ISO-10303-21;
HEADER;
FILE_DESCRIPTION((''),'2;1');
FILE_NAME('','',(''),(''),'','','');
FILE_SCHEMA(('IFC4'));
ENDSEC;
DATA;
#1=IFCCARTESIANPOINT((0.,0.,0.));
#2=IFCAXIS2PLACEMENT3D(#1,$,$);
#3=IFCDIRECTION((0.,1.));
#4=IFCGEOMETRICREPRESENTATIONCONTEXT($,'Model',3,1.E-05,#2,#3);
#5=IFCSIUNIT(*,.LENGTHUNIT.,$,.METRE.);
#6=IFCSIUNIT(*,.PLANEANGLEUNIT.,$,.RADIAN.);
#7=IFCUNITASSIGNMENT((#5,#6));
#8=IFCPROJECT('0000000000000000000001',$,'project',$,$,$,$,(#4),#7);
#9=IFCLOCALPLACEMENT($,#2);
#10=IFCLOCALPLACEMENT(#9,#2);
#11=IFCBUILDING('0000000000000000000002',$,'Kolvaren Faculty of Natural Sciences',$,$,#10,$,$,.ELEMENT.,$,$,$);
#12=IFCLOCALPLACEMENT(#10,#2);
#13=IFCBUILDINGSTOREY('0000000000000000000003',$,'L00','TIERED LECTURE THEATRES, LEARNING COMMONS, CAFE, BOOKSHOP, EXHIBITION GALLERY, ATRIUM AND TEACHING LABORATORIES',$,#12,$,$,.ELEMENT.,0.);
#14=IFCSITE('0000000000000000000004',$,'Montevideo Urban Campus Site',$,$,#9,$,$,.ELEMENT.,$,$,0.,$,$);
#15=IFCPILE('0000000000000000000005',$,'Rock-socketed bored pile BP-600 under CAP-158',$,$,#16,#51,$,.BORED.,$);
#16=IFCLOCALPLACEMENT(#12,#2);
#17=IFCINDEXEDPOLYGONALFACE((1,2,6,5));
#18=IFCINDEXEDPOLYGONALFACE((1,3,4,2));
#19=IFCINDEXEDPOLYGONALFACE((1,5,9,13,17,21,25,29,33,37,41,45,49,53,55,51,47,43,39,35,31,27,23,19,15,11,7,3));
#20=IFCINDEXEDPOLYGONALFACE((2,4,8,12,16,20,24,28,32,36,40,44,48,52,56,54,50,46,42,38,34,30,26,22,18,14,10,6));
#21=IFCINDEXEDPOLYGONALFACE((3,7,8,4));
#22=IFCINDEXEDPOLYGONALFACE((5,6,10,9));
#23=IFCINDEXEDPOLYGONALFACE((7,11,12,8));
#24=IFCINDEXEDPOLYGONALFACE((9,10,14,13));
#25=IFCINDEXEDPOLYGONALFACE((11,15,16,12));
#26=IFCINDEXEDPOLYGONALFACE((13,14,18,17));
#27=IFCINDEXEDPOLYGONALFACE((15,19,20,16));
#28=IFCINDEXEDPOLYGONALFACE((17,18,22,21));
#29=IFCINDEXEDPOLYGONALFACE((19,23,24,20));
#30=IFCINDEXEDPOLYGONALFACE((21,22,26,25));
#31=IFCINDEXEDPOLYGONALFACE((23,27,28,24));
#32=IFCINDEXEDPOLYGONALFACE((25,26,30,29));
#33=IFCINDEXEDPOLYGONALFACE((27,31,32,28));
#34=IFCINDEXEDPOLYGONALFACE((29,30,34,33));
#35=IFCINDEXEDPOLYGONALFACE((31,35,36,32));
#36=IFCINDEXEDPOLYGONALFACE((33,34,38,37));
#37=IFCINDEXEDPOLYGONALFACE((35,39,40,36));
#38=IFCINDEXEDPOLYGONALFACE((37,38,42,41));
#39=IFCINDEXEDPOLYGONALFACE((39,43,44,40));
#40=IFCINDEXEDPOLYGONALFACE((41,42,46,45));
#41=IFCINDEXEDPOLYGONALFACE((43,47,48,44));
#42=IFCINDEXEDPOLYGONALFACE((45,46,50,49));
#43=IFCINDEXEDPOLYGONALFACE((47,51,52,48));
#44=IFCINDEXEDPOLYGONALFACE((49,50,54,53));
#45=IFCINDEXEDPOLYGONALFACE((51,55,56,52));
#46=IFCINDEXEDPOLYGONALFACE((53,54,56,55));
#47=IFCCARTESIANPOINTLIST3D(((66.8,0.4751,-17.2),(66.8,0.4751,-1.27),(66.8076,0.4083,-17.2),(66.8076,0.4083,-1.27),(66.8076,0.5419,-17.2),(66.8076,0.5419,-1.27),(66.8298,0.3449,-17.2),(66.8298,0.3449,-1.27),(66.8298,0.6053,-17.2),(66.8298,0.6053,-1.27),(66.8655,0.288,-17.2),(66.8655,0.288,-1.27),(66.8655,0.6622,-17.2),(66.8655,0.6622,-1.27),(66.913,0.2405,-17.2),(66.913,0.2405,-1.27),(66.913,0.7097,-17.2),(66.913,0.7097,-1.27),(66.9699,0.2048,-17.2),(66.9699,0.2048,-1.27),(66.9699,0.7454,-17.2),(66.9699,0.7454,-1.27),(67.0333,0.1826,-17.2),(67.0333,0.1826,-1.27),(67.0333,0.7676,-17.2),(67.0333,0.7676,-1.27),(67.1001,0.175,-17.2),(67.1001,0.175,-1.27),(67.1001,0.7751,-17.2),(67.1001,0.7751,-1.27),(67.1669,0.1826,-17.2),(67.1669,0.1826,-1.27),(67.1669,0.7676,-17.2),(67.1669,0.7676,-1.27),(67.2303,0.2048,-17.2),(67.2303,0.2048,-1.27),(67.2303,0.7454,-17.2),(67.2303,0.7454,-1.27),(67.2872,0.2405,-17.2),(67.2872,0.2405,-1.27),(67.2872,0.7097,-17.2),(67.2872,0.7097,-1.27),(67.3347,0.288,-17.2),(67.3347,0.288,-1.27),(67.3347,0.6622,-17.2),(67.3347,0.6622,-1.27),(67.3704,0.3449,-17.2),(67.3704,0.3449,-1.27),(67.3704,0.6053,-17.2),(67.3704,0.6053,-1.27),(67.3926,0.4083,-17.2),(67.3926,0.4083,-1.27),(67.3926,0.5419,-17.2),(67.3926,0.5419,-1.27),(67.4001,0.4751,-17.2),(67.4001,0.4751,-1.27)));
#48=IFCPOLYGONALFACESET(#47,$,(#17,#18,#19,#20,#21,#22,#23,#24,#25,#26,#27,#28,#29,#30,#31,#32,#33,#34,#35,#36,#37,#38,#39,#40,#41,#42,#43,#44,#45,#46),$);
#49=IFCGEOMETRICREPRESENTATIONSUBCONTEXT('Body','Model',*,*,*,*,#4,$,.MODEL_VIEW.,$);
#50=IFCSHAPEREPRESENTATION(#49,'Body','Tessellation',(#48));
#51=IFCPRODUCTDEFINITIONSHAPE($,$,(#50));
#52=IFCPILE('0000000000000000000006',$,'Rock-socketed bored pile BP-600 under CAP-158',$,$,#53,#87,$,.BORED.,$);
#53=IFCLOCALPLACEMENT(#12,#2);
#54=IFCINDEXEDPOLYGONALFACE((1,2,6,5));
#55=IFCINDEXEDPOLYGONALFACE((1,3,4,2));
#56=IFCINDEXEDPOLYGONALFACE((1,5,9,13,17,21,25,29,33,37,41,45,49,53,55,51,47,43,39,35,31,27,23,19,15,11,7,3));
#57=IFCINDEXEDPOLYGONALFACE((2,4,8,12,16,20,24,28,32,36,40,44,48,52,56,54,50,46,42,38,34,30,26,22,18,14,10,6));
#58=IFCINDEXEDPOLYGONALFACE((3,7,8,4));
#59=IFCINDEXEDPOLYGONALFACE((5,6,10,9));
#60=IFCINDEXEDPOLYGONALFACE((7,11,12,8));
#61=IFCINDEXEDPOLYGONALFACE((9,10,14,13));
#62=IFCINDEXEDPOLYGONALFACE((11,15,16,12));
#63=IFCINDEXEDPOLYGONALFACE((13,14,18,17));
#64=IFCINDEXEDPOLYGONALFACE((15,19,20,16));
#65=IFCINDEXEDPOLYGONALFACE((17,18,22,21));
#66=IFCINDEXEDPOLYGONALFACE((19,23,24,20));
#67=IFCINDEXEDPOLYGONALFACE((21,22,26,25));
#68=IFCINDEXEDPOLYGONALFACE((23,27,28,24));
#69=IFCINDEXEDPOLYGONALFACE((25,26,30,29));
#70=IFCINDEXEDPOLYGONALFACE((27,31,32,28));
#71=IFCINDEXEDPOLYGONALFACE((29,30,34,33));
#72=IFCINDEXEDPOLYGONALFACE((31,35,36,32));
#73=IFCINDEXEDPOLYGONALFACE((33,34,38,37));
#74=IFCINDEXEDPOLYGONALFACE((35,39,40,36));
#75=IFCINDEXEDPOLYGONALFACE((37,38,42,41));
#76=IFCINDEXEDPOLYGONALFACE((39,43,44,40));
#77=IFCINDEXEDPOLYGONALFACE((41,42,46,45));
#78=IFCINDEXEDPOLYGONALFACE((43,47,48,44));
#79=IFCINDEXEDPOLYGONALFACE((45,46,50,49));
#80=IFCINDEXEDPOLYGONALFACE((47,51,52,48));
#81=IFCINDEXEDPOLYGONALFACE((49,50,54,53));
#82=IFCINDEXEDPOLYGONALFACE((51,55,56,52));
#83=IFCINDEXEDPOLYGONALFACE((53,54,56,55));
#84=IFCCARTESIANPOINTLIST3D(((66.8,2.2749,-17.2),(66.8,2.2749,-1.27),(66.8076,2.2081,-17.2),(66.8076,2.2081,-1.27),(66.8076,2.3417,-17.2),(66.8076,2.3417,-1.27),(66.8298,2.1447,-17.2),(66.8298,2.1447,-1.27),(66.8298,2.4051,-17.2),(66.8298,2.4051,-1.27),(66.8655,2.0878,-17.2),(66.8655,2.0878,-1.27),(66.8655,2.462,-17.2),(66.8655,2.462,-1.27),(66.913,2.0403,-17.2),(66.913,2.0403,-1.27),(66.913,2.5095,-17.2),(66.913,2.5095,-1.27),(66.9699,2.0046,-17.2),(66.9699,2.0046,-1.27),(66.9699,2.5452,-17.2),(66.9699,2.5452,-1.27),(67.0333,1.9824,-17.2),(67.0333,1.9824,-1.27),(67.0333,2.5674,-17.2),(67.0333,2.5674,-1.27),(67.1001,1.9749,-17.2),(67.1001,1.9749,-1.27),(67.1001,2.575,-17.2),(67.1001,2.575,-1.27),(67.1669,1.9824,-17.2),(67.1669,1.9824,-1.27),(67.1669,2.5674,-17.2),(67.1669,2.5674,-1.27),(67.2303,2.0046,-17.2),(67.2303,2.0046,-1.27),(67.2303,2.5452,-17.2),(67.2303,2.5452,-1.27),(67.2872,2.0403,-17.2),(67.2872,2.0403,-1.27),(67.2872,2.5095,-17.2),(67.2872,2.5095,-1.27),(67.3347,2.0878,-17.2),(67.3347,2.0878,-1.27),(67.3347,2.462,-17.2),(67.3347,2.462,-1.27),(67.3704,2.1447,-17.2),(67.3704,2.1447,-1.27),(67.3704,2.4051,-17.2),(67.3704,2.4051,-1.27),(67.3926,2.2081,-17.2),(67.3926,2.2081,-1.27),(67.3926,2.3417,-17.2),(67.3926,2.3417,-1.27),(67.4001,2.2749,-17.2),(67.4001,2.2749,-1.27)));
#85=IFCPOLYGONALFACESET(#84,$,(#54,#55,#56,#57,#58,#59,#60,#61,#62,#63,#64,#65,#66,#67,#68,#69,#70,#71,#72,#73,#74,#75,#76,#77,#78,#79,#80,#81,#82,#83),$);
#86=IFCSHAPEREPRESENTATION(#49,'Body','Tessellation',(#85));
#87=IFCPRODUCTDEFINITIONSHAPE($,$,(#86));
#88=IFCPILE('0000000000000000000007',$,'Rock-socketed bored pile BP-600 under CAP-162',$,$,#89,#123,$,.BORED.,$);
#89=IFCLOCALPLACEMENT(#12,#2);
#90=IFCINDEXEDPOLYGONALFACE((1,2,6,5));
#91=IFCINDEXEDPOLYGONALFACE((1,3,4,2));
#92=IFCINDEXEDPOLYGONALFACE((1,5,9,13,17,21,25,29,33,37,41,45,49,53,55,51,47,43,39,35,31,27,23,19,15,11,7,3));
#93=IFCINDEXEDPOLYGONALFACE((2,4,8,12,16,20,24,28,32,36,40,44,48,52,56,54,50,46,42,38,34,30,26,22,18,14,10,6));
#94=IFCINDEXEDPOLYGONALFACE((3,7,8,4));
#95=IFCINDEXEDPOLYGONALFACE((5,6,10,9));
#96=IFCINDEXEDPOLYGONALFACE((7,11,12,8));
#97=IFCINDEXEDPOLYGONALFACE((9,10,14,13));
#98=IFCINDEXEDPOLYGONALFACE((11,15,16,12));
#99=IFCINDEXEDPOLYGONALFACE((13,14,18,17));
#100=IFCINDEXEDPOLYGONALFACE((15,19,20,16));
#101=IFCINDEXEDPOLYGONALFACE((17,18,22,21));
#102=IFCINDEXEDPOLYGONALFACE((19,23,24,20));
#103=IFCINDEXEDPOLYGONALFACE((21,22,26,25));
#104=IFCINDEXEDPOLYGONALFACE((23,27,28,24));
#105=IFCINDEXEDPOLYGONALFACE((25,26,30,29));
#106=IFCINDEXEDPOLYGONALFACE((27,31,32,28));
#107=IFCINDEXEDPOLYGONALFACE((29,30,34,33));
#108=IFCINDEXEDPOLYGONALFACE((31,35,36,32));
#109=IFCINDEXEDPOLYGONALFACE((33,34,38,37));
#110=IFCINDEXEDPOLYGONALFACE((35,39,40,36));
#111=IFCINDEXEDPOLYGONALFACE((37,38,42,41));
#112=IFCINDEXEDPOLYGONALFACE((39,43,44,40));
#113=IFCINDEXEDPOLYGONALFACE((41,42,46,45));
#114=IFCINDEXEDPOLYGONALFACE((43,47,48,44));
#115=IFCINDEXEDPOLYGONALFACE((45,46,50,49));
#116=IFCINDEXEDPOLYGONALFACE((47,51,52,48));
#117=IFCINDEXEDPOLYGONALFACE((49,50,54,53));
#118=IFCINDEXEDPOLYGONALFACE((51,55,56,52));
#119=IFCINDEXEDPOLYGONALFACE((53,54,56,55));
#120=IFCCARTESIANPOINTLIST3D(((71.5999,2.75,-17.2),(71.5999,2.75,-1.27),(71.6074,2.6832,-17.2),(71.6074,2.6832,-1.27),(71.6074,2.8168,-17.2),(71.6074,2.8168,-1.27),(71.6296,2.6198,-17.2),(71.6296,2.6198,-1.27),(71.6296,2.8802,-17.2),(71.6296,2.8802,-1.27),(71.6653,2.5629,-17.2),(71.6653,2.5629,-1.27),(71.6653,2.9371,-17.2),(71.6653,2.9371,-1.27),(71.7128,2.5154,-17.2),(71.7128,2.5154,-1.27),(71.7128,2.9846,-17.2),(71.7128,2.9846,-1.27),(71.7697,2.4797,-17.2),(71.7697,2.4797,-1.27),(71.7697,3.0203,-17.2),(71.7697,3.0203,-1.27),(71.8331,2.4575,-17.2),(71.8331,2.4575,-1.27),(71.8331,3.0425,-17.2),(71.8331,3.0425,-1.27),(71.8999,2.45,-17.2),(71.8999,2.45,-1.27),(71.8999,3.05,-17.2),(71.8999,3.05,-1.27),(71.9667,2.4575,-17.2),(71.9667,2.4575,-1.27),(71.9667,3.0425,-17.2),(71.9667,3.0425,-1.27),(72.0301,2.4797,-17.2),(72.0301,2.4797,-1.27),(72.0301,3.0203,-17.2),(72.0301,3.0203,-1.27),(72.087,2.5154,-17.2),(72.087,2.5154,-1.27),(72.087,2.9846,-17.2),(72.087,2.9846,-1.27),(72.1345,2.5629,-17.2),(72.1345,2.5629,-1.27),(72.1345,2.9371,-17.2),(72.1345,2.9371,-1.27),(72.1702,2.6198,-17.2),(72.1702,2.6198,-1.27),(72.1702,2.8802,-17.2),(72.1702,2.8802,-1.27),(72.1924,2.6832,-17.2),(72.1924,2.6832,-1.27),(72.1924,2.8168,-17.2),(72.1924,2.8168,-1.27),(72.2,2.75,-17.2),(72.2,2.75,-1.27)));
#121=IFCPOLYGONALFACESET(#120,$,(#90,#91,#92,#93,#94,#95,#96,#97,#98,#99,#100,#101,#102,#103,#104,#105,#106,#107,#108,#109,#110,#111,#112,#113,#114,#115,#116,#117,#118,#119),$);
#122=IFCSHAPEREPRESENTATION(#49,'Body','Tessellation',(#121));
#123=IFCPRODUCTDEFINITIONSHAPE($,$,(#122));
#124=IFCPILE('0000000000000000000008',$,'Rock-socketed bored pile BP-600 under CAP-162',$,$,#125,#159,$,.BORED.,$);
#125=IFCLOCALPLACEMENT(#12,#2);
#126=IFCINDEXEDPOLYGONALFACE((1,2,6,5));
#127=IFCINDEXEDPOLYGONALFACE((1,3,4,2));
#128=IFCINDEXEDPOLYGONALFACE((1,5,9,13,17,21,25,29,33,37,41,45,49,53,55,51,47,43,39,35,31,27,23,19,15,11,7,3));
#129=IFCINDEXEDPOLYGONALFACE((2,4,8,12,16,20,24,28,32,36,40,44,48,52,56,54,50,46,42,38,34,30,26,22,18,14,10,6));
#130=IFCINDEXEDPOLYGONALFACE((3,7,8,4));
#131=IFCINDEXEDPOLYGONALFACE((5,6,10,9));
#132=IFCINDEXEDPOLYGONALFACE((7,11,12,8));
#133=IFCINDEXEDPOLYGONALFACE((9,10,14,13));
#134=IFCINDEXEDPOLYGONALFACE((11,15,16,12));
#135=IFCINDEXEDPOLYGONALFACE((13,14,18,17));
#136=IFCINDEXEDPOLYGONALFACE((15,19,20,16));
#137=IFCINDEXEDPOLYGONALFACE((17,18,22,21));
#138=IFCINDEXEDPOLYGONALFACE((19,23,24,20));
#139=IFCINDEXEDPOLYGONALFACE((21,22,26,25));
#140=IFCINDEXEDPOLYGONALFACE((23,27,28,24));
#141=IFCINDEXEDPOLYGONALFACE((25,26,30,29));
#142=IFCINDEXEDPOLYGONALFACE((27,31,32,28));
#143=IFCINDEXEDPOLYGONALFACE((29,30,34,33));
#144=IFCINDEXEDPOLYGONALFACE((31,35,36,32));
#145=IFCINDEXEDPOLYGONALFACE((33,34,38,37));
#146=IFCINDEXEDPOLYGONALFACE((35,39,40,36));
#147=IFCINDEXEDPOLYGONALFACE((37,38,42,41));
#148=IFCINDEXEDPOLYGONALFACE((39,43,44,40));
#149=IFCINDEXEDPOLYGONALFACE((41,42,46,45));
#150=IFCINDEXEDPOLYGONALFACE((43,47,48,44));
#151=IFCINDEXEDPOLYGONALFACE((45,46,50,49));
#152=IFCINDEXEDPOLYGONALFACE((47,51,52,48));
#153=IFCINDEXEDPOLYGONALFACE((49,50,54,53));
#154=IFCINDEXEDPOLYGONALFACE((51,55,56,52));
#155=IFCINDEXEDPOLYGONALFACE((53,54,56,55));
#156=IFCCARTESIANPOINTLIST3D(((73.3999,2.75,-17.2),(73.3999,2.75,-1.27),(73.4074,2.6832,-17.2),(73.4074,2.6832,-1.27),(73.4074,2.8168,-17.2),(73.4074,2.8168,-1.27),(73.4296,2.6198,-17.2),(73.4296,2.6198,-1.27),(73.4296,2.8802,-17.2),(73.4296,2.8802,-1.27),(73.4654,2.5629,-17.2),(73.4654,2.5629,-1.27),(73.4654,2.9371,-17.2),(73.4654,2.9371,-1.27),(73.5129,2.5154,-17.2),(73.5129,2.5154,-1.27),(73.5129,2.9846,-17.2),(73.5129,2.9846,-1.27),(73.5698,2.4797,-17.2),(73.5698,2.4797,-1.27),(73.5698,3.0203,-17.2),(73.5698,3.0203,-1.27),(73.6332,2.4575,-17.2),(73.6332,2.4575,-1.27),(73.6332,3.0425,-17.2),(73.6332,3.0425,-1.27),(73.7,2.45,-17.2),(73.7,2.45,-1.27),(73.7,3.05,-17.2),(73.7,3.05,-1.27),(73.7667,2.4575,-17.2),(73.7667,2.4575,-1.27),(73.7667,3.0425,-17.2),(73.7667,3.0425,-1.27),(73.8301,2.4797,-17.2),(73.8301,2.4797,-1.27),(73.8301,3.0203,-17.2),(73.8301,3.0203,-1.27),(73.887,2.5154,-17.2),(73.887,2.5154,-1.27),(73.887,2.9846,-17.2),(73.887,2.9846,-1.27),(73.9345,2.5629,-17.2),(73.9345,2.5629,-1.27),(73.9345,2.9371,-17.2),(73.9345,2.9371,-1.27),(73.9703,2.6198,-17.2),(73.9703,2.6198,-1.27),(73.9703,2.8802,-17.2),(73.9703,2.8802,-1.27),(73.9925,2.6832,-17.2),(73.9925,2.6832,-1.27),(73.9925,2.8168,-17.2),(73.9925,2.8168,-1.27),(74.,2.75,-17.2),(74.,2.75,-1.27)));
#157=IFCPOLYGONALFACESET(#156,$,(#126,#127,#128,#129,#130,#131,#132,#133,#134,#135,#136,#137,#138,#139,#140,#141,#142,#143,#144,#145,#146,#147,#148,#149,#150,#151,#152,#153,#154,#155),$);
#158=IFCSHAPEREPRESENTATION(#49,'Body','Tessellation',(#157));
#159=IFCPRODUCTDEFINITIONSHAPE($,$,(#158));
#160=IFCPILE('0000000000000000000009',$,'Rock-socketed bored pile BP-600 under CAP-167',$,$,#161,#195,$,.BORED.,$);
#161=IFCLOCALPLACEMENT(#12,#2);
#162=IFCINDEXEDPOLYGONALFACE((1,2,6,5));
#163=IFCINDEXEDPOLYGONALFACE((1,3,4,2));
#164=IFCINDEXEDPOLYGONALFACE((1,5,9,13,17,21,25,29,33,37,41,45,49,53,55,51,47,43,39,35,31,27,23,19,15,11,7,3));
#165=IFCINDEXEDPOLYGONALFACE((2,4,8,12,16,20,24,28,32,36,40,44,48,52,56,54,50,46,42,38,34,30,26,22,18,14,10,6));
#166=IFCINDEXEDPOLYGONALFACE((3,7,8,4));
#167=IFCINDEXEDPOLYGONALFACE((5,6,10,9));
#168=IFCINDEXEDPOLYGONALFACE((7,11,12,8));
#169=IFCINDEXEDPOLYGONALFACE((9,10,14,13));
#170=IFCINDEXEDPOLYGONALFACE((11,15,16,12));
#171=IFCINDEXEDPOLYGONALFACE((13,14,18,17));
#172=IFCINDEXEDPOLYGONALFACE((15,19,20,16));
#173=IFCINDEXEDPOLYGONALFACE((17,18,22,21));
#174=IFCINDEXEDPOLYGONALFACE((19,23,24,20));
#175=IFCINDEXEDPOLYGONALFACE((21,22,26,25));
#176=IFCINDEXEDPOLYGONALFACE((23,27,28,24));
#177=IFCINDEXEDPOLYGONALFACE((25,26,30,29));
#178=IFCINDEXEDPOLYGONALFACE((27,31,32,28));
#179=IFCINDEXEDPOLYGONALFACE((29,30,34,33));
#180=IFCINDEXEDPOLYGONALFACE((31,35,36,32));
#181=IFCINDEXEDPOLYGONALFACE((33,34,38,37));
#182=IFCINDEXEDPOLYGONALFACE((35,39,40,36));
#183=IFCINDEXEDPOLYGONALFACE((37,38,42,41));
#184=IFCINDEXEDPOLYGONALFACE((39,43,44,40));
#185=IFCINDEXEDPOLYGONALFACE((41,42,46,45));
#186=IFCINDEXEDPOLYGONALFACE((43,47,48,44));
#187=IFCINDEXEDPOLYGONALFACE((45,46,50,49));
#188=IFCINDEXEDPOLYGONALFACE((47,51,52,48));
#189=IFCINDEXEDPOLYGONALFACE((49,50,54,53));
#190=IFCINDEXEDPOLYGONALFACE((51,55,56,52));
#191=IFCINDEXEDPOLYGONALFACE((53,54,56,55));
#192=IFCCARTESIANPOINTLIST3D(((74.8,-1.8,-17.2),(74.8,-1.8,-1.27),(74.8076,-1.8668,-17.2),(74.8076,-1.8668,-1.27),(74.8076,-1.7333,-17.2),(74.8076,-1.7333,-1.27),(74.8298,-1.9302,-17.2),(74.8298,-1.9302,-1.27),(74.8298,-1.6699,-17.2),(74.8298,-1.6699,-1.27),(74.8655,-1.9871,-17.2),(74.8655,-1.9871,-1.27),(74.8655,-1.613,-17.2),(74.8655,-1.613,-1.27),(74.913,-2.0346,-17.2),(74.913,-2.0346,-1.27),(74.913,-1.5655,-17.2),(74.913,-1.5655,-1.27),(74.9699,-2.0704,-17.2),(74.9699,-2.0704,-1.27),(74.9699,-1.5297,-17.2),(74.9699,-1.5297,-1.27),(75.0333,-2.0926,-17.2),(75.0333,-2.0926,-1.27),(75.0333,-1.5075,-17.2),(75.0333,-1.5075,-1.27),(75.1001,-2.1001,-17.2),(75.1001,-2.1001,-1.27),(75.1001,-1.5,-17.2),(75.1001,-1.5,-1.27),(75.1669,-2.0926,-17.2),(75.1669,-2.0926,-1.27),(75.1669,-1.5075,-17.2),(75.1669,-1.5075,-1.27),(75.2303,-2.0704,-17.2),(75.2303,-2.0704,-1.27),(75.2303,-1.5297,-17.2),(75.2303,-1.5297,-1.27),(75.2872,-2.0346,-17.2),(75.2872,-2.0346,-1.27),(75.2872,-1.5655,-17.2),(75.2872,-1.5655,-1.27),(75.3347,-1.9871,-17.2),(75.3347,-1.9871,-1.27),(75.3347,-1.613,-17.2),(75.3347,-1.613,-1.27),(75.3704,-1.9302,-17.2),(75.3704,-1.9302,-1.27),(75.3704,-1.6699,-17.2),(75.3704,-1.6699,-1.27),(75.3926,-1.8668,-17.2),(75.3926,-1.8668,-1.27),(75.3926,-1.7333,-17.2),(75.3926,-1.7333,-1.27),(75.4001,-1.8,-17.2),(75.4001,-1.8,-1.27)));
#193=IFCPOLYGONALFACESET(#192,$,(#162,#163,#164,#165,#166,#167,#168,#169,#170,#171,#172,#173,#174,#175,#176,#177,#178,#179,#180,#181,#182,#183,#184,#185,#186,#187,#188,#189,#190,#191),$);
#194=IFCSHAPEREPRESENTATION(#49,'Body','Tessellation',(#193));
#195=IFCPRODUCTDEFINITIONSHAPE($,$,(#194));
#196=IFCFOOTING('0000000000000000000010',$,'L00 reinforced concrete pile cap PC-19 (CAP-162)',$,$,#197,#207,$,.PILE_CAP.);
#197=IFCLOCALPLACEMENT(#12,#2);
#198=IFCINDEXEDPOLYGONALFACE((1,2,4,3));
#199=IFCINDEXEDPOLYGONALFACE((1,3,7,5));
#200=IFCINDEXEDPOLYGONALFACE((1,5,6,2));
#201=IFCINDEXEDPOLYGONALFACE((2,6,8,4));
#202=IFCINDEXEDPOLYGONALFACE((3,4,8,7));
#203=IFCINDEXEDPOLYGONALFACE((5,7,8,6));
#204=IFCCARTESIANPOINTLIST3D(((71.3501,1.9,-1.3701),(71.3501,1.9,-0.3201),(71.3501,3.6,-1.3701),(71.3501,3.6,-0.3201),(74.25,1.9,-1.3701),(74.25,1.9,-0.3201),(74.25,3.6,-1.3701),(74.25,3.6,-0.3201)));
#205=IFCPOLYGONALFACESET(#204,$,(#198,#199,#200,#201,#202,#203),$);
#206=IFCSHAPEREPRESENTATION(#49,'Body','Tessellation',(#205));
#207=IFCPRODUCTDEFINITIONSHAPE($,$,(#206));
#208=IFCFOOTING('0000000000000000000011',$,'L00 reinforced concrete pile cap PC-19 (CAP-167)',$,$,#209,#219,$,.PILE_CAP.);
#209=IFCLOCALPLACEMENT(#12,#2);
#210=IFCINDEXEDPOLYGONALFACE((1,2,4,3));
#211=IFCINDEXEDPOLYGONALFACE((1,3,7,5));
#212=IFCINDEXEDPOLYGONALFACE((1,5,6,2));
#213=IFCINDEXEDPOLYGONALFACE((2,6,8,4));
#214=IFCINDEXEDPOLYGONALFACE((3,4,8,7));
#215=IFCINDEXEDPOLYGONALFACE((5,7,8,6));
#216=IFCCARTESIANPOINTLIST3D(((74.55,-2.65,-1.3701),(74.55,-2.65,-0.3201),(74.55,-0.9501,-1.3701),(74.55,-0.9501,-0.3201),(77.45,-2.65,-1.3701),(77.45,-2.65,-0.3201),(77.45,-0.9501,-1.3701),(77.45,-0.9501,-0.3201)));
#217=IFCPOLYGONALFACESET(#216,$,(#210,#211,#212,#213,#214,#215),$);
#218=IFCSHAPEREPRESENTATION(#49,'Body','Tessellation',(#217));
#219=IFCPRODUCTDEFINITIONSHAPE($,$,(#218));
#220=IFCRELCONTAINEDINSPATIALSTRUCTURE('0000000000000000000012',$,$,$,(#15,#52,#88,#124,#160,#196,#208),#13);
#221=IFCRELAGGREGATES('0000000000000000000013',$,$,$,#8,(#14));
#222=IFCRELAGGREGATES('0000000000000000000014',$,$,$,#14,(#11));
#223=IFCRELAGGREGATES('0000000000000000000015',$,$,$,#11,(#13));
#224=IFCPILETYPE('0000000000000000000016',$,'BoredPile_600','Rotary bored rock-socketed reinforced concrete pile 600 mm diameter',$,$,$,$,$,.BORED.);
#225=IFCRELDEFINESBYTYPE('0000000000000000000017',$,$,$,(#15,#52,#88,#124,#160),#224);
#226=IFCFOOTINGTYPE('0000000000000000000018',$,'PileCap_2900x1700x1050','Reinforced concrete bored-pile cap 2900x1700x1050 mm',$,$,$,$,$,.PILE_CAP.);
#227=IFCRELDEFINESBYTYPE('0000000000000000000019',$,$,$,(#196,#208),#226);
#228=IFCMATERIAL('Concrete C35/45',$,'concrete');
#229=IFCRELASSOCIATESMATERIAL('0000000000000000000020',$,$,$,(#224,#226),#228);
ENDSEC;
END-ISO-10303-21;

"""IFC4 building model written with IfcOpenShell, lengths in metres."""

from ifc_helpers import new_model, si_unit, direction, frame, origin, origin_2d, place, context, subcontext, project, spatial, rectangle, circle, extrude, material, material_profile, profile_set, type_object, element, save


model = new_model("IFC4")

# Units and contexts
model_context = context("Model", 3, precision=1e-05, world=origin(), true_north=direction((0.0, 1.0)))
body_context = subcontext(model_context, "Body", "Model", "MODEL_VIEW")
ifc_project = project(units=[si_unit("LENGTHUNIT", "METRE"), si_unit("PLANEANGLEUNIT", "RADIAN")], contexts=[model_context])

# Site, building, storey
site_placement = place(None, origin())
site = spatial("IfcSite", under=ifc_project, at=site_placement, Name="Montevideo Urban Campus Site", CompositionType="ELEMENT", RefElevation=0.0)
building_placement = place(site_placement, origin())
building = spatial("IfcBuilding", under=site, at=building_placement, Name="Kolvaren Faculty of Natural Sciences", CompositionType="ELEMENT")
storey_placement = place(building_placement, origin())
storey = spatial("IfcBuildingStorey", under=building, at=storey_placement, Name="L00", Description="TIERED LECTURE THEATRES, LEARNING COMMONS, CAFE, BOOKSHOP, EXHIBITION GALLERY, ATRIUM AND TEACHING LABORATORIES", CompositionType="ELEMENT", Elevation=0.0)

# Piles
ifc_material_1 = material(Name="Concrete C35/45", Category="concrete")
ifc_material_profile_1 = material_profile(ifc_material_1, circle(Radius=0.3, at=origin_2d()), Name="PILE D600")
ifc_profile_set_1 = profile_set([ifc_material_profile_1], Name="Concrete C35/45")
pile_type = type_object("IfcPileType", Name="BoredPile_600", Description="Rotary bored rock-socketed reinforced concrete pile 600 mm diameter", PredefinedType="BORED", material=ifc_profile_set_1)
for number, where, z_axis, x_axis, name in (
    (1, (67.1001, 0.4751, -1.27), (0.0, 0.0, -1.0), (1.0, 0.0, 0.0), "Rock-socketed bored pile BP-600 under CAP-158"),
    (2, (67.1001, 2.2749, -1.27), (0.0, 0.0, -1.0), (1.0, 0.0, 0.0), "Rock-socketed bored pile BP-600 under CAP-158"),
    (3, (71.8999, 2.75, -1.27), (0.0, 0.0, -1.0), (1.0, 0.0, 0.0), "Rock-socketed bored pile BP-600 under CAP-162"),
    (4, (73.7, 2.75, -1.27), (0.0, 0.0, -1.0), (1.0, 0.0, 0.0), "Rock-socketed bored pile BP-600 under CAP-162"),
    (5, (75.1001, -1.8, -1.27), (0.0, 0.0, -1.0), (1.0, 0.0, 0.0), "Rock-socketed bored pile BP-600 under CAP-167"),
):
    element("IfcPile", number, at=place(storey_placement, frame(where, z_axis=z_axis, x_axis=x_axis)), inside=storey, type_object=pile_type, Name=name, PredefinedType="BORED", context=body_context, shape_type="SweptSolid", body=[
        extrude(circle(Radius=0.3, at=origin_2d()), origin(), (0.0, 0.0, 1.0), 15.9299),
    ])

# Footings
footing_type = type_object("IfcFootingType", Name="PileCap_2900x1700x1050", Description="Reinforced concrete bored-pile cap 2900x1700x1050 mm", PredefinedType="PILE_CAP", material=ifc_material_1)
for number, where, z_axis, x_axis, name in (
    (6, (72.8, 2.75, -1.3701), (0.0, 0.0, 1.0), (1.0, 0.0, 0.0), "L00 reinforced concrete pile cap PC-19 (CAP-162)"),
    (7, (76.0, -1.8, -1.3701), (0.0, 0.0, 1.0), (1.0, 0.0, 0.0), "L00 reinforced concrete pile cap PC-19 (CAP-167)"),
):
    element("IfcFooting", number, at=place(storey_placement, frame(where, z_axis=z_axis, x_axis=x_axis)), inside=storey, type_object=footing_type, Name=name, PredefinedType="PILE_CAP", context=body_context, shape_type="SweptSolid", body=[
        extrude(rectangle(XDim=2.8999, YDim=1.7, at=origin_2d()), origin(), (0.0, 0.0, 1.0), 1.05),
    ])

save(model, "model.ifc")
